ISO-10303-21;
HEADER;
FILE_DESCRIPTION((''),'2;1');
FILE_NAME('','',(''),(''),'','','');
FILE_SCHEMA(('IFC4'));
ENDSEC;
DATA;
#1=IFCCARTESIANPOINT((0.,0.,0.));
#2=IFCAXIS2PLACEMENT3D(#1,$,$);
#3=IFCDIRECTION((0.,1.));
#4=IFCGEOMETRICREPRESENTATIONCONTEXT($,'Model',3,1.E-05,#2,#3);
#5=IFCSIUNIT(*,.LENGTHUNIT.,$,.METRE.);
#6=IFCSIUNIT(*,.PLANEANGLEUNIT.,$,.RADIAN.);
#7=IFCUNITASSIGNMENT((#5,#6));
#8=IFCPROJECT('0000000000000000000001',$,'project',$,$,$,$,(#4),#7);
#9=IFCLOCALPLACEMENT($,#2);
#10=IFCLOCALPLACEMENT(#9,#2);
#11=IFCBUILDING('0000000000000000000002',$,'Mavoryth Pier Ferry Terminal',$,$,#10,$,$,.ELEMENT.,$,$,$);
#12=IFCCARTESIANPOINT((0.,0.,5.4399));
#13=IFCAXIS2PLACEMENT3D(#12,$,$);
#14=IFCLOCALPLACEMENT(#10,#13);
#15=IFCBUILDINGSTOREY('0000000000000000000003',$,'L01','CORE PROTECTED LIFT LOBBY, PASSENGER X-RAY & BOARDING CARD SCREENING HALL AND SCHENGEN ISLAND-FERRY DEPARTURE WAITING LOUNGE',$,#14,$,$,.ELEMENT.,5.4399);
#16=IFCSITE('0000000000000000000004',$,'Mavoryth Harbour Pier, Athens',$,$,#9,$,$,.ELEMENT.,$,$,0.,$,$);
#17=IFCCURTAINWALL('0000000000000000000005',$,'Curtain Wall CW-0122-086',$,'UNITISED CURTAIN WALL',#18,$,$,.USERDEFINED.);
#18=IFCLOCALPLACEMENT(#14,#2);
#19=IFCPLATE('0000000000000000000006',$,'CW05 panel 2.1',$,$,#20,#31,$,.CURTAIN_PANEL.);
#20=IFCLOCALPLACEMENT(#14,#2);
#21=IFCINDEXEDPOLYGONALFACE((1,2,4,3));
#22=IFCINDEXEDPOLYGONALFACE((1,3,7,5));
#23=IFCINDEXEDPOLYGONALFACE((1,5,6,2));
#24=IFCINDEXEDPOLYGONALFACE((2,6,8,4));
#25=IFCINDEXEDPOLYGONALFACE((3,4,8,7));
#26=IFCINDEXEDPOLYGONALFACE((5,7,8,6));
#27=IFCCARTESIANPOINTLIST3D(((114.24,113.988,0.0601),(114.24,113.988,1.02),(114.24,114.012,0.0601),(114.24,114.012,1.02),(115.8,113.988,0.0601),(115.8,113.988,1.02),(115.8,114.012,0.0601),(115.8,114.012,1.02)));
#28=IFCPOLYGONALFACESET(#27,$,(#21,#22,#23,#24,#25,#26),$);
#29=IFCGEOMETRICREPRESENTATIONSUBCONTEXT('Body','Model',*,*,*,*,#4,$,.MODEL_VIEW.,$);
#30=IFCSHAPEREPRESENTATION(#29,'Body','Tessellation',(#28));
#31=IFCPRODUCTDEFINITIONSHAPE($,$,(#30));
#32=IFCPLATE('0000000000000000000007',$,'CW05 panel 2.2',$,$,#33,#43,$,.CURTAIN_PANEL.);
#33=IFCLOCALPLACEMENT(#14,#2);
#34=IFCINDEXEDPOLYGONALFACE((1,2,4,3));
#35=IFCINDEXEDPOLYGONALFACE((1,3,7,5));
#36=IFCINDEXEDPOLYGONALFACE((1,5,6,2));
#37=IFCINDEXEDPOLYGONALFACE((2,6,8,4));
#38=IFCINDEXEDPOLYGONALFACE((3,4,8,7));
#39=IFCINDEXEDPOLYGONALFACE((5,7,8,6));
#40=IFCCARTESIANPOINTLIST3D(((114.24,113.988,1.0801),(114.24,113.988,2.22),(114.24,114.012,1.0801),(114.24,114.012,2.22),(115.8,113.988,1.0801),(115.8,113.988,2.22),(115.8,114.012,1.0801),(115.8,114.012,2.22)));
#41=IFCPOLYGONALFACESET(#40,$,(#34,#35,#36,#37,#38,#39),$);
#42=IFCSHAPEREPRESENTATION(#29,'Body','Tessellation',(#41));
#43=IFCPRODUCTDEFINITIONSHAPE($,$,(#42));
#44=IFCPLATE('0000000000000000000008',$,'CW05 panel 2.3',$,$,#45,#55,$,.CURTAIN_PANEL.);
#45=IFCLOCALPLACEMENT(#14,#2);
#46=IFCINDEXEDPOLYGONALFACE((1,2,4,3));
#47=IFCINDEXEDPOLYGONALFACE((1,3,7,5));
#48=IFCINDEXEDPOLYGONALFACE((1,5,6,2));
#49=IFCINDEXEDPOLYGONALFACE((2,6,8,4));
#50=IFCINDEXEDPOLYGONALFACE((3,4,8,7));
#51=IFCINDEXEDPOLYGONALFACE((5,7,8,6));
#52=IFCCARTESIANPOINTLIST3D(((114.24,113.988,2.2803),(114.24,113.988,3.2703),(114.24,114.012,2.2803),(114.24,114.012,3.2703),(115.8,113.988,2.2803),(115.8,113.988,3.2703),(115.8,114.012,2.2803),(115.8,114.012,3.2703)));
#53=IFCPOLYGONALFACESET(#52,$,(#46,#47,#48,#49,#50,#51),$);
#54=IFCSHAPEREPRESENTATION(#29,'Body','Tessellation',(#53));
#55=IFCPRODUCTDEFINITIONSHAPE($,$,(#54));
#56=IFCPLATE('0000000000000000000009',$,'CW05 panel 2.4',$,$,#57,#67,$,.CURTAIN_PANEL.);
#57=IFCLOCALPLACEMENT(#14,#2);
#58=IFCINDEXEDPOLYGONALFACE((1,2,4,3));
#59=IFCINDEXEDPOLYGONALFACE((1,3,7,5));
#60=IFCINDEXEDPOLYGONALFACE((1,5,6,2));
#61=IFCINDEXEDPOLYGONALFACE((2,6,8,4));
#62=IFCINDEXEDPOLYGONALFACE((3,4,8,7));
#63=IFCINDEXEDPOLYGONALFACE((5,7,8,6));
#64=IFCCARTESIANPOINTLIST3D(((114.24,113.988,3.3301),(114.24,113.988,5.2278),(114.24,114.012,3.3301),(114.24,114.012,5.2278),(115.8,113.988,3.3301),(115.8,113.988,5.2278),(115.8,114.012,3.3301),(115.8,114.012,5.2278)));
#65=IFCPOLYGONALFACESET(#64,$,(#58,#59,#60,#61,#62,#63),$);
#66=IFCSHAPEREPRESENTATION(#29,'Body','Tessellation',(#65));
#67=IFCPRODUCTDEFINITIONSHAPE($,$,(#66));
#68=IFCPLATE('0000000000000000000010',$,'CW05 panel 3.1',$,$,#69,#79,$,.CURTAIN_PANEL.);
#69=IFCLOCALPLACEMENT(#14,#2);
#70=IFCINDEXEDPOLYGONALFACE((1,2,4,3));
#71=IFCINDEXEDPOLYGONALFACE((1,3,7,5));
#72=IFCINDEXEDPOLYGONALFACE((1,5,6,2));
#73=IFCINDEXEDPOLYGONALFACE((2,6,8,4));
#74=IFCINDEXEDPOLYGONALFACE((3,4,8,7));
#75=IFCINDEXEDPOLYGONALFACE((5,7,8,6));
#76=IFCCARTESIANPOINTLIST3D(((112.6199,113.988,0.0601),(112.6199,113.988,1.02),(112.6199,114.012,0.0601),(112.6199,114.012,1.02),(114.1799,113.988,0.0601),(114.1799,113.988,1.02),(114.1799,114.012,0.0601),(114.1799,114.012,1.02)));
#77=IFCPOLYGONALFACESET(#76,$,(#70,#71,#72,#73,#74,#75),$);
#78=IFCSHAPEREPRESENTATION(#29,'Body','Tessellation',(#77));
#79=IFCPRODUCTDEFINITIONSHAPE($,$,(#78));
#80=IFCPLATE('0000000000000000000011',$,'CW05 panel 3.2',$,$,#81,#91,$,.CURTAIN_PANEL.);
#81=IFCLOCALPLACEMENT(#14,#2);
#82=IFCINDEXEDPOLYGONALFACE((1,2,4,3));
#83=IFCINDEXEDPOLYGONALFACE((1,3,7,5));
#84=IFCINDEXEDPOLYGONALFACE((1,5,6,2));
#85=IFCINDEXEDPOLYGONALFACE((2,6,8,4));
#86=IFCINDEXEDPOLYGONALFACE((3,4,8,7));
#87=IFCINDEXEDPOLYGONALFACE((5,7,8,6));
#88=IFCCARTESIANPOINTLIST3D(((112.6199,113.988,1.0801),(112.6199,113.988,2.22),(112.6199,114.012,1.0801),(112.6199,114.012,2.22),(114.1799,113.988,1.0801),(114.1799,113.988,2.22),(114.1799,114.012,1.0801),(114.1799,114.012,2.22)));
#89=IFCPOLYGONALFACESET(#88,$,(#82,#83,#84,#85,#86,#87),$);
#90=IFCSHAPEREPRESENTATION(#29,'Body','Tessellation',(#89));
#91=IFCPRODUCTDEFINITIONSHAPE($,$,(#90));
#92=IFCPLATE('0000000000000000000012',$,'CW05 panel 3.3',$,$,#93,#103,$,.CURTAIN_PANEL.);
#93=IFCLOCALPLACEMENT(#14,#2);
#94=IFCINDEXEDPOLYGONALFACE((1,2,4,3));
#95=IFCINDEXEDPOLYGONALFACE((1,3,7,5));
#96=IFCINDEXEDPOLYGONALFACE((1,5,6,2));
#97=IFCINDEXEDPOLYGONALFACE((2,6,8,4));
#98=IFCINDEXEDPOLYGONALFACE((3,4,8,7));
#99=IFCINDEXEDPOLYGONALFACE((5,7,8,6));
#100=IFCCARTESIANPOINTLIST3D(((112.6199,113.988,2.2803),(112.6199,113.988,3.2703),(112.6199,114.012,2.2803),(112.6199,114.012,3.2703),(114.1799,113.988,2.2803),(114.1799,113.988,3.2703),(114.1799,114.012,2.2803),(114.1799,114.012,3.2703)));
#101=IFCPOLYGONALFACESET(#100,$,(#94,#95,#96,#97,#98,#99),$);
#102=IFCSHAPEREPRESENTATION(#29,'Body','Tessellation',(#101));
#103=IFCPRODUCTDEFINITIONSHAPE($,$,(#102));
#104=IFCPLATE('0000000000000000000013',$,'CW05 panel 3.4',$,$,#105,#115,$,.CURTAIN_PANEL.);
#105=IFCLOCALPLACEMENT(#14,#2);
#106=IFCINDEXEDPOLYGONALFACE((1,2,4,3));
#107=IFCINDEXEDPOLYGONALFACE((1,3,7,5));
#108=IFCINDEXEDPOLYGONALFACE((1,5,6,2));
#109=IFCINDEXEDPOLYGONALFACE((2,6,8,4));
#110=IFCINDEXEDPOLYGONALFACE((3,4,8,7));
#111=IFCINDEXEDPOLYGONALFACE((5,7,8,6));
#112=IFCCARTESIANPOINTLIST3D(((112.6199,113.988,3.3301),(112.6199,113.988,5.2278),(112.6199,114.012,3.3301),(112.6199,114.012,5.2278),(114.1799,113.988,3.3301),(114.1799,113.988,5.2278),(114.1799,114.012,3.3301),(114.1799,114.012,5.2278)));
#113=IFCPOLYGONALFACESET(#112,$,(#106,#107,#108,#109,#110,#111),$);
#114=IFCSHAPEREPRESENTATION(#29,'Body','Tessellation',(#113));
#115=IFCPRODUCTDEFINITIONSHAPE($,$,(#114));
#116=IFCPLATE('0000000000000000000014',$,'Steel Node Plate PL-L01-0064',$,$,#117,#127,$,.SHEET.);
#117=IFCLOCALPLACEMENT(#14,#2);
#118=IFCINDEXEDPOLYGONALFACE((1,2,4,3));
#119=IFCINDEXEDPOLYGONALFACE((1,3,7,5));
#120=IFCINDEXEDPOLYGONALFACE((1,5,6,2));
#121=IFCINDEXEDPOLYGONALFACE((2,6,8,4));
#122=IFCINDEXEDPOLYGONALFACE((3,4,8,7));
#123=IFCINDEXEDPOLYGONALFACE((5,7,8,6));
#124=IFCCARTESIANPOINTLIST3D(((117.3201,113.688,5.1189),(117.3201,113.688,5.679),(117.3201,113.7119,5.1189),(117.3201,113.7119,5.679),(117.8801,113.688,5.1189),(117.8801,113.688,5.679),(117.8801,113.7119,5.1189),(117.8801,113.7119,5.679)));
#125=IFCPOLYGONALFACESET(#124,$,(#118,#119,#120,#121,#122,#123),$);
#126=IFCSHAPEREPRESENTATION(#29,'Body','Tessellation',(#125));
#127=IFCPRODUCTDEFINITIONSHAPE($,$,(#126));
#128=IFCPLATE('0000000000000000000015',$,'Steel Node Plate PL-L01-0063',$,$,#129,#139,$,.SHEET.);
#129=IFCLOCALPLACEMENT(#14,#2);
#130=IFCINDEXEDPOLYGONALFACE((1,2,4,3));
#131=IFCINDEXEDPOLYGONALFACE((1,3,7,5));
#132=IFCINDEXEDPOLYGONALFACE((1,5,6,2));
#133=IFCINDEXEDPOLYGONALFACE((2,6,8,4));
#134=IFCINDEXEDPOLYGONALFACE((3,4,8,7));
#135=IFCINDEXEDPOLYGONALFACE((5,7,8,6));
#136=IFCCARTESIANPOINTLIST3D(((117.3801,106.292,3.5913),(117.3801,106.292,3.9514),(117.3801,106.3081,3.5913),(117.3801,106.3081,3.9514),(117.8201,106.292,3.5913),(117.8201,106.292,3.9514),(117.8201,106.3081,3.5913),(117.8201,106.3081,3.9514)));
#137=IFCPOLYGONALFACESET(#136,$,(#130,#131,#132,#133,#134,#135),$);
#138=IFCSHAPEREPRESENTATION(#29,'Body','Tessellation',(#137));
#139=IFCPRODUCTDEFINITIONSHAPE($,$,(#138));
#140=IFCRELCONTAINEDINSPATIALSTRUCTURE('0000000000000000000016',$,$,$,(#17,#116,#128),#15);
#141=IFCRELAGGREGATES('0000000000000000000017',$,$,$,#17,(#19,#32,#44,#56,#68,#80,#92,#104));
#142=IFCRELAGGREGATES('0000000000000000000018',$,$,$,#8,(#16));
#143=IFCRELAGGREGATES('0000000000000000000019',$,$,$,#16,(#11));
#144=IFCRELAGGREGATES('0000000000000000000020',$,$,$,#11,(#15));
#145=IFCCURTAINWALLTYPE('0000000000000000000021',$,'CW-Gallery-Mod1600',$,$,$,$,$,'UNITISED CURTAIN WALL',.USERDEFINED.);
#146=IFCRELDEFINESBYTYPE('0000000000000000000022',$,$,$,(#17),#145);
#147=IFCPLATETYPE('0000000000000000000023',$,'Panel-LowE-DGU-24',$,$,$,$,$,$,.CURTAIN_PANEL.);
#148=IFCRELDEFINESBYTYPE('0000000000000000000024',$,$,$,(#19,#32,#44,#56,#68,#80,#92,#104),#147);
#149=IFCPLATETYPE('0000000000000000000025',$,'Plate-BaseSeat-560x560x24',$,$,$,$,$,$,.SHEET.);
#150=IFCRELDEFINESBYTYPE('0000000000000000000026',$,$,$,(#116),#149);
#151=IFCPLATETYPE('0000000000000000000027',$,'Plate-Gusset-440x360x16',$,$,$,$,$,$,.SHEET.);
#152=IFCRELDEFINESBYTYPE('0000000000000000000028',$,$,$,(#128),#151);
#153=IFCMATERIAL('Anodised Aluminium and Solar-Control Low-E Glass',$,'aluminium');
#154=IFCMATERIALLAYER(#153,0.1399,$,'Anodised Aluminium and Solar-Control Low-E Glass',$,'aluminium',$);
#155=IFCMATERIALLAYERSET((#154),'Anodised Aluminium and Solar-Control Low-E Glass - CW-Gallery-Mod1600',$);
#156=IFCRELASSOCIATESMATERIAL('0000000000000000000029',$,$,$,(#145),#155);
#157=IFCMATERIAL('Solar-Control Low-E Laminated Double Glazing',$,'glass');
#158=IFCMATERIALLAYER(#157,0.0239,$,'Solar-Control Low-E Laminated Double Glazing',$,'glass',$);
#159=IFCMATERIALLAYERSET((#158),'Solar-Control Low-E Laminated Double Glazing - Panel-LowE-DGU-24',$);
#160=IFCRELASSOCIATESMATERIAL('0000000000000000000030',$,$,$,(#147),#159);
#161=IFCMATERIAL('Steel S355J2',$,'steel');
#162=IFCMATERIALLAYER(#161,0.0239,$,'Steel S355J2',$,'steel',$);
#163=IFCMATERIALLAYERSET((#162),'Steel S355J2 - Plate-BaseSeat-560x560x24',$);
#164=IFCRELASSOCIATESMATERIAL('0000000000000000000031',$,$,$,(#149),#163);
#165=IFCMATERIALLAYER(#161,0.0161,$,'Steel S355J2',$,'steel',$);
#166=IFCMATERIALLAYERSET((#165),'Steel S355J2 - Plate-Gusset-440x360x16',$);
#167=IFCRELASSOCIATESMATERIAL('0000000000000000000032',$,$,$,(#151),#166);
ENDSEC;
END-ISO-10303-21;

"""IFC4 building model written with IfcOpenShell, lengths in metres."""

from ifc_helpers import new_model, si_unit, direction, frame, origin, origin_2d, place, context, subcontext, project, spatial, rectangle, extrude, material, layer, layer_set, type_object, element, aggregate, save


model = new_model("IFC4")

# Units and contexts
model_context = context("Model", 3, precision=1e-05, world=origin(), true_north=direction((0.0, 1.0)))
body_context = subcontext(model_context, "Body", "Model", "MODEL_VIEW")
ifc_project = project(units=[si_unit("LENGTHUNIT", "METRE"), si_unit("PLANEANGLEUNIT", "RADIAN")], contexts=[model_context])

# Site, building, storey
site_placement = place(None, origin())
site = spatial("IfcSite", under=ifc_project, at=site_placement, Name="Mavoryth Harbour Pier, Athens", CompositionType="ELEMENT", RefElevation=0.0)
building_placement = place(site_placement, origin())
building = spatial("IfcBuilding", under=site, at=building_placement, Name="Mavoryth Pier Ferry Terminal", CompositionType="ELEMENT")
storey_placement = place(building_placement, frame((0.0, 0.0, 5.4399)))
storey = spatial("IfcBuildingStorey", under=building, at=storey_placement, Name="L01", Description="CORE PROTECTED LIFT LOBBY, PASSENGER X-RAY & BOARDING CARD SCREENING HALL AND SCHENGEN ISLAND-FERRY DEPARTURE WAITING LOUNGE", CompositionType="ELEMENT", Elevation=5.4399)

# Shared definitions
ifc_material_1 = material(Name="Steel S355J2", Category="steel")

# Curtain wall
ifc_material_2 = material(Name="Anodised Aluminium and Solar-Control Low-E Glass", Category="aluminium")
ifc_layer_1 = layer(ifc_material_2, 0.1399, Name="Anodised Aluminium and Solar-Control Low-E Glass", Category="aluminium")
ifc_layer_set_1 = layer_set([ifc_layer_1], Name="Anodised Aluminium and Solar-Control Low-E Glass - CW-Gallery-Mod1600")
curtain_wall_type = type_object("IfcCurtainWallType", Name="CW-Gallery-Mod1600", ElementType="UNITISED CURTAIN WALL", PredefinedType="USERDEFINED", material=ifc_layer_set_1)
curtain_wall_1_placement = place(storey_placement, origin())
curtain_wall_1 = element("IfcCurtainWall", 1, at=curtain_wall_1_placement, inside=storey, type_object=curtain_wall_type, Name="Curtain Wall CW-0122-086", ObjectType="UNITISED CURTAIN WALL", PredefinedType="USERDEFINED")

# Plates
ifc_material_3 = material(Name="Solar-Control Low-E Laminated Double Glazing", Category="glass")
ifc_layer_2 = layer(ifc_material_3, 0.0239, Name="Solar-Control Low-E Laminated Double Glazing", Category="glass")
ifc_layer_set_2 = layer_set([ifc_layer_2], Name="Solar-Control Low-E Laminated Double Glazing - Panel-LowE-DGU-24")
plate_type_1 = type_object("IfcPlateType", Name="Panel-LowE-DGU-24", PredefinedType="CURTAIN_PANEL", material=ifc_layer_set_2)
plate_1_placement = place(storey_placement, frame((115.02, 114.0, 0.0601), z_axis=(0.0, 0.0, 1.0), x_axis=(-1.0, 0.0, 0.0)))
plate_1 = element("IfcPlate", 2, at=plate_1_placement, type_object=plate_type_1, Name="CW05 panel 2.1", PredefinedType="CURTAIN_PANEL", context=body_context, shape_type="SweptSolid", body=[
    extrude(rectangle(XDim=1.5601, YDim=0.0239, at=origin_2d()), origin(), (0.0, 0.0, 1.0), 0.96),
])
plate_2_placement = place(storey_placement, frame((115.02, 114.0, 1.0801), z_axis=(0.0, 0.0, 1.0), x_axis=(-1.0, 0.0, 0.0)))
plate_2 = element("IfcPlate", 3, at=plate_2_placement, type_object=plate_type_1, Name="CW05 panel 2.2", PredefinedType="CURTAIN_PANEL", context=body_context, shape_type="SweptSolid", body=[
    extrude(rectangle(XDim=1.5601, YDim=0.0239, at=origin_2d()), origin(), (0.0, 0.0, 1.0), 1.1399),
])
plate_3_placement = place(storey_placement, frame((115.02, 114.0, 2.2803), z_axis=(0.0, 0.0, 1.0), x_axis=(-1.0, 0.0, 0.0)))
plate_3 = element("IfcPlate", 4, at=plate_3_placement, type_object=plate_type_1, Name="CW05 panel 2.3", PredefinedType="CURTAIN_PANEL", context=body_context, shape_type="SweptSolid", body=[
    extrude(rectangle(XDim=1.5601, YDim=0.0239, at=origin_2d()), origin(), (0.0, 0.0, 1.0), 0.99),
])
plate_4_placement = place(storey_placement, frame((115.02, 114.0, 3.3301), z_axis=(0.0, 0.0, 1.0), x_axis=(-1.0, 0.0, 0.0)))
plate_4 = element("IfcPlate", 5, at=plate_4_placement, type_object=plate_type_1, Name="CW05 panel 2.4", PredefinedType="CURTAIN_PANEL", context=body_context, shape_type="SweptSolid", body=[
    extrude(rectangle(XDim=1.5601, YDim=0.0239, at=origin_2d()), origin(), (0.0, 0.0, 1.0), 1.8977),
])
plate_5_placement = place(storey_placement, frame((113.3999, 114.0, 0.0601), z_axis=(0.0, 0.0, 1.0), x_axis=(-1.0, 0.0, 0.0)))
plate_5 = element("IfcPlate", 6, at=plate_5_placement, type_object=plate_type_1, Name="CW05 panel 3.1", PredefinedType="CURTAIN_PANEL", context=body_context, shape_type="SweptSolid", body=[
    extrude(rectangle(XDim=1.5601, YDim=0.0239, at=origin_2d()), origin(), (0.0, 0.0, 1.0), 0.96),
])
plate_6_placement = place(storey_placement, frame((113.3999, 114.0, 1.0801), z_axis=(0.0, 0.0, 1.0), x_axis=(-1.0, 0.0, 0.0)))
plate_6 = element("IfcPlate", 7, at=plate_6_placement, type_object=plate_type_1, Name="CW05 panel 3.2", PredefinedType="CURTAIN_PANEL", context=body_context, shape_type="SweptSolid", body=[
    extrude(rectangle(XDim=1.5601, YDim=0.0239, at=origin_2d()), origin(), (0.0, 0.0, 1.0), 1.1399),
])
plate_7_placement = place(storey_placement, frame((113.3999, 114.0, 2.2803), z_axis=(0.0, 0.0, 1.0), x_axis=(-1.0, 0.0, 0.0)))
plate_7 = element("IfcPlate", 8, at=plate_7_placement, type_object=plate_type_1, Name="CW05 panel 3.3", PredefinedType="CURTAIN_PANEL", context=body_context, shape_type="SweptSolid", body=[
    extrude(rectangle(XDim=1.5601, YDim=0.0239, at=origin_2d()), origin(), (0.0, 0.0, 1.0), 0.99),
])
plate_8_placement = place(storey_placement, frame((113.3999, 114.0, 3.3301), z_axis=(0.0, 0.0, 1.0), x_axis=(-1.0, 0.0, 0.0)))
plate_8 = element("IfcPlate", 9, at=plate_8_placement, type_object=plate_type_1, Name="CW05 panel 3.4", PredefinedType="CURTAIN_PANEL", context=body_context, shape_type="SweptSolid", body=[
    extrude(rectangle(XDim=1.5601, YDim=0.0239, at=origin_2d()), origin(), (0.0, 0.0, 1.0), 1.8977),
])
aggregate(curtain_wall_1, [plate_1, plate_2, plate_3, plate_4, plate_5, plate_6, plate_7, plate_8])

# Plates
ifc_layer_3 = layer(ifc_material_1, 0.0239, Name="Steel S355J2", Category="steel")
ifc_layer_set_3 = layer_set([ifc_layer_3], Name="Steel S355J2 - Plate-BaseSeat-560x560x24")
plate_type_2 = type_object("IfcPlateType", Name="Plate-BaseSeat-560x560x24", PredefinedType="SHEET", material=ifc_layer_set_3)
plate_9_placement = place(storey_placement, frame((117.6001, 113.7, 5.1189), z_axis=(0.0, 0.0, 1.0), x_axis=(1.0, 0.0, 0.0)))
element("IfcPlate", 10, at=plate_9_placement, inside=storey, type_object=plate_type_2, Name="Steel Node Plate PL-L01-0064", PredefinedType="SHEET", context=body_context, shape_type="SweptSolid", body=[
    extrude(rectangle(XDim=0.5601, YDim=0.0239, at=origin_2d()), origin(), (0.0, 0.0, 1.0), 0.5601),
])
ifc_layer_4 = layer(ifc_material_1, 0.0161, Name="Steel S355J2", Category="steel")
ifc_layer_set_4 = layer_set([ifc_layer_4], Name="Steel S355J2 - Plate-Gusset-440x360x16")
plate_type_3 = type_object("IfcPlateType", Name="Plate-Gusset-440x360x16", PredefinedType="SHEET", material=ifc_layer_set_4)
plate_10_placement = place(storey_placement, frame((117.6001, 106.3, 3.5913), z_axis=(0.0, 0.0, 1.0), x_axis=(1.0, 0.0, 0.0)))
element("IfcPlate", 11, at=plate_10_placement, inside=storey, type_object=plate_type_3, Name="Steel Node Plate PL-L01-0063", PredefinedType="SHEET", context=body_context, shape_type="SweptSolid", body=[
    extrude(rectangle(XDim=0.4399, YDim=0.0161, at=origin_2d()), origin(), (0.0, 0.0, 1.0), 0.3601),
])

save(model, "model.ifc")
